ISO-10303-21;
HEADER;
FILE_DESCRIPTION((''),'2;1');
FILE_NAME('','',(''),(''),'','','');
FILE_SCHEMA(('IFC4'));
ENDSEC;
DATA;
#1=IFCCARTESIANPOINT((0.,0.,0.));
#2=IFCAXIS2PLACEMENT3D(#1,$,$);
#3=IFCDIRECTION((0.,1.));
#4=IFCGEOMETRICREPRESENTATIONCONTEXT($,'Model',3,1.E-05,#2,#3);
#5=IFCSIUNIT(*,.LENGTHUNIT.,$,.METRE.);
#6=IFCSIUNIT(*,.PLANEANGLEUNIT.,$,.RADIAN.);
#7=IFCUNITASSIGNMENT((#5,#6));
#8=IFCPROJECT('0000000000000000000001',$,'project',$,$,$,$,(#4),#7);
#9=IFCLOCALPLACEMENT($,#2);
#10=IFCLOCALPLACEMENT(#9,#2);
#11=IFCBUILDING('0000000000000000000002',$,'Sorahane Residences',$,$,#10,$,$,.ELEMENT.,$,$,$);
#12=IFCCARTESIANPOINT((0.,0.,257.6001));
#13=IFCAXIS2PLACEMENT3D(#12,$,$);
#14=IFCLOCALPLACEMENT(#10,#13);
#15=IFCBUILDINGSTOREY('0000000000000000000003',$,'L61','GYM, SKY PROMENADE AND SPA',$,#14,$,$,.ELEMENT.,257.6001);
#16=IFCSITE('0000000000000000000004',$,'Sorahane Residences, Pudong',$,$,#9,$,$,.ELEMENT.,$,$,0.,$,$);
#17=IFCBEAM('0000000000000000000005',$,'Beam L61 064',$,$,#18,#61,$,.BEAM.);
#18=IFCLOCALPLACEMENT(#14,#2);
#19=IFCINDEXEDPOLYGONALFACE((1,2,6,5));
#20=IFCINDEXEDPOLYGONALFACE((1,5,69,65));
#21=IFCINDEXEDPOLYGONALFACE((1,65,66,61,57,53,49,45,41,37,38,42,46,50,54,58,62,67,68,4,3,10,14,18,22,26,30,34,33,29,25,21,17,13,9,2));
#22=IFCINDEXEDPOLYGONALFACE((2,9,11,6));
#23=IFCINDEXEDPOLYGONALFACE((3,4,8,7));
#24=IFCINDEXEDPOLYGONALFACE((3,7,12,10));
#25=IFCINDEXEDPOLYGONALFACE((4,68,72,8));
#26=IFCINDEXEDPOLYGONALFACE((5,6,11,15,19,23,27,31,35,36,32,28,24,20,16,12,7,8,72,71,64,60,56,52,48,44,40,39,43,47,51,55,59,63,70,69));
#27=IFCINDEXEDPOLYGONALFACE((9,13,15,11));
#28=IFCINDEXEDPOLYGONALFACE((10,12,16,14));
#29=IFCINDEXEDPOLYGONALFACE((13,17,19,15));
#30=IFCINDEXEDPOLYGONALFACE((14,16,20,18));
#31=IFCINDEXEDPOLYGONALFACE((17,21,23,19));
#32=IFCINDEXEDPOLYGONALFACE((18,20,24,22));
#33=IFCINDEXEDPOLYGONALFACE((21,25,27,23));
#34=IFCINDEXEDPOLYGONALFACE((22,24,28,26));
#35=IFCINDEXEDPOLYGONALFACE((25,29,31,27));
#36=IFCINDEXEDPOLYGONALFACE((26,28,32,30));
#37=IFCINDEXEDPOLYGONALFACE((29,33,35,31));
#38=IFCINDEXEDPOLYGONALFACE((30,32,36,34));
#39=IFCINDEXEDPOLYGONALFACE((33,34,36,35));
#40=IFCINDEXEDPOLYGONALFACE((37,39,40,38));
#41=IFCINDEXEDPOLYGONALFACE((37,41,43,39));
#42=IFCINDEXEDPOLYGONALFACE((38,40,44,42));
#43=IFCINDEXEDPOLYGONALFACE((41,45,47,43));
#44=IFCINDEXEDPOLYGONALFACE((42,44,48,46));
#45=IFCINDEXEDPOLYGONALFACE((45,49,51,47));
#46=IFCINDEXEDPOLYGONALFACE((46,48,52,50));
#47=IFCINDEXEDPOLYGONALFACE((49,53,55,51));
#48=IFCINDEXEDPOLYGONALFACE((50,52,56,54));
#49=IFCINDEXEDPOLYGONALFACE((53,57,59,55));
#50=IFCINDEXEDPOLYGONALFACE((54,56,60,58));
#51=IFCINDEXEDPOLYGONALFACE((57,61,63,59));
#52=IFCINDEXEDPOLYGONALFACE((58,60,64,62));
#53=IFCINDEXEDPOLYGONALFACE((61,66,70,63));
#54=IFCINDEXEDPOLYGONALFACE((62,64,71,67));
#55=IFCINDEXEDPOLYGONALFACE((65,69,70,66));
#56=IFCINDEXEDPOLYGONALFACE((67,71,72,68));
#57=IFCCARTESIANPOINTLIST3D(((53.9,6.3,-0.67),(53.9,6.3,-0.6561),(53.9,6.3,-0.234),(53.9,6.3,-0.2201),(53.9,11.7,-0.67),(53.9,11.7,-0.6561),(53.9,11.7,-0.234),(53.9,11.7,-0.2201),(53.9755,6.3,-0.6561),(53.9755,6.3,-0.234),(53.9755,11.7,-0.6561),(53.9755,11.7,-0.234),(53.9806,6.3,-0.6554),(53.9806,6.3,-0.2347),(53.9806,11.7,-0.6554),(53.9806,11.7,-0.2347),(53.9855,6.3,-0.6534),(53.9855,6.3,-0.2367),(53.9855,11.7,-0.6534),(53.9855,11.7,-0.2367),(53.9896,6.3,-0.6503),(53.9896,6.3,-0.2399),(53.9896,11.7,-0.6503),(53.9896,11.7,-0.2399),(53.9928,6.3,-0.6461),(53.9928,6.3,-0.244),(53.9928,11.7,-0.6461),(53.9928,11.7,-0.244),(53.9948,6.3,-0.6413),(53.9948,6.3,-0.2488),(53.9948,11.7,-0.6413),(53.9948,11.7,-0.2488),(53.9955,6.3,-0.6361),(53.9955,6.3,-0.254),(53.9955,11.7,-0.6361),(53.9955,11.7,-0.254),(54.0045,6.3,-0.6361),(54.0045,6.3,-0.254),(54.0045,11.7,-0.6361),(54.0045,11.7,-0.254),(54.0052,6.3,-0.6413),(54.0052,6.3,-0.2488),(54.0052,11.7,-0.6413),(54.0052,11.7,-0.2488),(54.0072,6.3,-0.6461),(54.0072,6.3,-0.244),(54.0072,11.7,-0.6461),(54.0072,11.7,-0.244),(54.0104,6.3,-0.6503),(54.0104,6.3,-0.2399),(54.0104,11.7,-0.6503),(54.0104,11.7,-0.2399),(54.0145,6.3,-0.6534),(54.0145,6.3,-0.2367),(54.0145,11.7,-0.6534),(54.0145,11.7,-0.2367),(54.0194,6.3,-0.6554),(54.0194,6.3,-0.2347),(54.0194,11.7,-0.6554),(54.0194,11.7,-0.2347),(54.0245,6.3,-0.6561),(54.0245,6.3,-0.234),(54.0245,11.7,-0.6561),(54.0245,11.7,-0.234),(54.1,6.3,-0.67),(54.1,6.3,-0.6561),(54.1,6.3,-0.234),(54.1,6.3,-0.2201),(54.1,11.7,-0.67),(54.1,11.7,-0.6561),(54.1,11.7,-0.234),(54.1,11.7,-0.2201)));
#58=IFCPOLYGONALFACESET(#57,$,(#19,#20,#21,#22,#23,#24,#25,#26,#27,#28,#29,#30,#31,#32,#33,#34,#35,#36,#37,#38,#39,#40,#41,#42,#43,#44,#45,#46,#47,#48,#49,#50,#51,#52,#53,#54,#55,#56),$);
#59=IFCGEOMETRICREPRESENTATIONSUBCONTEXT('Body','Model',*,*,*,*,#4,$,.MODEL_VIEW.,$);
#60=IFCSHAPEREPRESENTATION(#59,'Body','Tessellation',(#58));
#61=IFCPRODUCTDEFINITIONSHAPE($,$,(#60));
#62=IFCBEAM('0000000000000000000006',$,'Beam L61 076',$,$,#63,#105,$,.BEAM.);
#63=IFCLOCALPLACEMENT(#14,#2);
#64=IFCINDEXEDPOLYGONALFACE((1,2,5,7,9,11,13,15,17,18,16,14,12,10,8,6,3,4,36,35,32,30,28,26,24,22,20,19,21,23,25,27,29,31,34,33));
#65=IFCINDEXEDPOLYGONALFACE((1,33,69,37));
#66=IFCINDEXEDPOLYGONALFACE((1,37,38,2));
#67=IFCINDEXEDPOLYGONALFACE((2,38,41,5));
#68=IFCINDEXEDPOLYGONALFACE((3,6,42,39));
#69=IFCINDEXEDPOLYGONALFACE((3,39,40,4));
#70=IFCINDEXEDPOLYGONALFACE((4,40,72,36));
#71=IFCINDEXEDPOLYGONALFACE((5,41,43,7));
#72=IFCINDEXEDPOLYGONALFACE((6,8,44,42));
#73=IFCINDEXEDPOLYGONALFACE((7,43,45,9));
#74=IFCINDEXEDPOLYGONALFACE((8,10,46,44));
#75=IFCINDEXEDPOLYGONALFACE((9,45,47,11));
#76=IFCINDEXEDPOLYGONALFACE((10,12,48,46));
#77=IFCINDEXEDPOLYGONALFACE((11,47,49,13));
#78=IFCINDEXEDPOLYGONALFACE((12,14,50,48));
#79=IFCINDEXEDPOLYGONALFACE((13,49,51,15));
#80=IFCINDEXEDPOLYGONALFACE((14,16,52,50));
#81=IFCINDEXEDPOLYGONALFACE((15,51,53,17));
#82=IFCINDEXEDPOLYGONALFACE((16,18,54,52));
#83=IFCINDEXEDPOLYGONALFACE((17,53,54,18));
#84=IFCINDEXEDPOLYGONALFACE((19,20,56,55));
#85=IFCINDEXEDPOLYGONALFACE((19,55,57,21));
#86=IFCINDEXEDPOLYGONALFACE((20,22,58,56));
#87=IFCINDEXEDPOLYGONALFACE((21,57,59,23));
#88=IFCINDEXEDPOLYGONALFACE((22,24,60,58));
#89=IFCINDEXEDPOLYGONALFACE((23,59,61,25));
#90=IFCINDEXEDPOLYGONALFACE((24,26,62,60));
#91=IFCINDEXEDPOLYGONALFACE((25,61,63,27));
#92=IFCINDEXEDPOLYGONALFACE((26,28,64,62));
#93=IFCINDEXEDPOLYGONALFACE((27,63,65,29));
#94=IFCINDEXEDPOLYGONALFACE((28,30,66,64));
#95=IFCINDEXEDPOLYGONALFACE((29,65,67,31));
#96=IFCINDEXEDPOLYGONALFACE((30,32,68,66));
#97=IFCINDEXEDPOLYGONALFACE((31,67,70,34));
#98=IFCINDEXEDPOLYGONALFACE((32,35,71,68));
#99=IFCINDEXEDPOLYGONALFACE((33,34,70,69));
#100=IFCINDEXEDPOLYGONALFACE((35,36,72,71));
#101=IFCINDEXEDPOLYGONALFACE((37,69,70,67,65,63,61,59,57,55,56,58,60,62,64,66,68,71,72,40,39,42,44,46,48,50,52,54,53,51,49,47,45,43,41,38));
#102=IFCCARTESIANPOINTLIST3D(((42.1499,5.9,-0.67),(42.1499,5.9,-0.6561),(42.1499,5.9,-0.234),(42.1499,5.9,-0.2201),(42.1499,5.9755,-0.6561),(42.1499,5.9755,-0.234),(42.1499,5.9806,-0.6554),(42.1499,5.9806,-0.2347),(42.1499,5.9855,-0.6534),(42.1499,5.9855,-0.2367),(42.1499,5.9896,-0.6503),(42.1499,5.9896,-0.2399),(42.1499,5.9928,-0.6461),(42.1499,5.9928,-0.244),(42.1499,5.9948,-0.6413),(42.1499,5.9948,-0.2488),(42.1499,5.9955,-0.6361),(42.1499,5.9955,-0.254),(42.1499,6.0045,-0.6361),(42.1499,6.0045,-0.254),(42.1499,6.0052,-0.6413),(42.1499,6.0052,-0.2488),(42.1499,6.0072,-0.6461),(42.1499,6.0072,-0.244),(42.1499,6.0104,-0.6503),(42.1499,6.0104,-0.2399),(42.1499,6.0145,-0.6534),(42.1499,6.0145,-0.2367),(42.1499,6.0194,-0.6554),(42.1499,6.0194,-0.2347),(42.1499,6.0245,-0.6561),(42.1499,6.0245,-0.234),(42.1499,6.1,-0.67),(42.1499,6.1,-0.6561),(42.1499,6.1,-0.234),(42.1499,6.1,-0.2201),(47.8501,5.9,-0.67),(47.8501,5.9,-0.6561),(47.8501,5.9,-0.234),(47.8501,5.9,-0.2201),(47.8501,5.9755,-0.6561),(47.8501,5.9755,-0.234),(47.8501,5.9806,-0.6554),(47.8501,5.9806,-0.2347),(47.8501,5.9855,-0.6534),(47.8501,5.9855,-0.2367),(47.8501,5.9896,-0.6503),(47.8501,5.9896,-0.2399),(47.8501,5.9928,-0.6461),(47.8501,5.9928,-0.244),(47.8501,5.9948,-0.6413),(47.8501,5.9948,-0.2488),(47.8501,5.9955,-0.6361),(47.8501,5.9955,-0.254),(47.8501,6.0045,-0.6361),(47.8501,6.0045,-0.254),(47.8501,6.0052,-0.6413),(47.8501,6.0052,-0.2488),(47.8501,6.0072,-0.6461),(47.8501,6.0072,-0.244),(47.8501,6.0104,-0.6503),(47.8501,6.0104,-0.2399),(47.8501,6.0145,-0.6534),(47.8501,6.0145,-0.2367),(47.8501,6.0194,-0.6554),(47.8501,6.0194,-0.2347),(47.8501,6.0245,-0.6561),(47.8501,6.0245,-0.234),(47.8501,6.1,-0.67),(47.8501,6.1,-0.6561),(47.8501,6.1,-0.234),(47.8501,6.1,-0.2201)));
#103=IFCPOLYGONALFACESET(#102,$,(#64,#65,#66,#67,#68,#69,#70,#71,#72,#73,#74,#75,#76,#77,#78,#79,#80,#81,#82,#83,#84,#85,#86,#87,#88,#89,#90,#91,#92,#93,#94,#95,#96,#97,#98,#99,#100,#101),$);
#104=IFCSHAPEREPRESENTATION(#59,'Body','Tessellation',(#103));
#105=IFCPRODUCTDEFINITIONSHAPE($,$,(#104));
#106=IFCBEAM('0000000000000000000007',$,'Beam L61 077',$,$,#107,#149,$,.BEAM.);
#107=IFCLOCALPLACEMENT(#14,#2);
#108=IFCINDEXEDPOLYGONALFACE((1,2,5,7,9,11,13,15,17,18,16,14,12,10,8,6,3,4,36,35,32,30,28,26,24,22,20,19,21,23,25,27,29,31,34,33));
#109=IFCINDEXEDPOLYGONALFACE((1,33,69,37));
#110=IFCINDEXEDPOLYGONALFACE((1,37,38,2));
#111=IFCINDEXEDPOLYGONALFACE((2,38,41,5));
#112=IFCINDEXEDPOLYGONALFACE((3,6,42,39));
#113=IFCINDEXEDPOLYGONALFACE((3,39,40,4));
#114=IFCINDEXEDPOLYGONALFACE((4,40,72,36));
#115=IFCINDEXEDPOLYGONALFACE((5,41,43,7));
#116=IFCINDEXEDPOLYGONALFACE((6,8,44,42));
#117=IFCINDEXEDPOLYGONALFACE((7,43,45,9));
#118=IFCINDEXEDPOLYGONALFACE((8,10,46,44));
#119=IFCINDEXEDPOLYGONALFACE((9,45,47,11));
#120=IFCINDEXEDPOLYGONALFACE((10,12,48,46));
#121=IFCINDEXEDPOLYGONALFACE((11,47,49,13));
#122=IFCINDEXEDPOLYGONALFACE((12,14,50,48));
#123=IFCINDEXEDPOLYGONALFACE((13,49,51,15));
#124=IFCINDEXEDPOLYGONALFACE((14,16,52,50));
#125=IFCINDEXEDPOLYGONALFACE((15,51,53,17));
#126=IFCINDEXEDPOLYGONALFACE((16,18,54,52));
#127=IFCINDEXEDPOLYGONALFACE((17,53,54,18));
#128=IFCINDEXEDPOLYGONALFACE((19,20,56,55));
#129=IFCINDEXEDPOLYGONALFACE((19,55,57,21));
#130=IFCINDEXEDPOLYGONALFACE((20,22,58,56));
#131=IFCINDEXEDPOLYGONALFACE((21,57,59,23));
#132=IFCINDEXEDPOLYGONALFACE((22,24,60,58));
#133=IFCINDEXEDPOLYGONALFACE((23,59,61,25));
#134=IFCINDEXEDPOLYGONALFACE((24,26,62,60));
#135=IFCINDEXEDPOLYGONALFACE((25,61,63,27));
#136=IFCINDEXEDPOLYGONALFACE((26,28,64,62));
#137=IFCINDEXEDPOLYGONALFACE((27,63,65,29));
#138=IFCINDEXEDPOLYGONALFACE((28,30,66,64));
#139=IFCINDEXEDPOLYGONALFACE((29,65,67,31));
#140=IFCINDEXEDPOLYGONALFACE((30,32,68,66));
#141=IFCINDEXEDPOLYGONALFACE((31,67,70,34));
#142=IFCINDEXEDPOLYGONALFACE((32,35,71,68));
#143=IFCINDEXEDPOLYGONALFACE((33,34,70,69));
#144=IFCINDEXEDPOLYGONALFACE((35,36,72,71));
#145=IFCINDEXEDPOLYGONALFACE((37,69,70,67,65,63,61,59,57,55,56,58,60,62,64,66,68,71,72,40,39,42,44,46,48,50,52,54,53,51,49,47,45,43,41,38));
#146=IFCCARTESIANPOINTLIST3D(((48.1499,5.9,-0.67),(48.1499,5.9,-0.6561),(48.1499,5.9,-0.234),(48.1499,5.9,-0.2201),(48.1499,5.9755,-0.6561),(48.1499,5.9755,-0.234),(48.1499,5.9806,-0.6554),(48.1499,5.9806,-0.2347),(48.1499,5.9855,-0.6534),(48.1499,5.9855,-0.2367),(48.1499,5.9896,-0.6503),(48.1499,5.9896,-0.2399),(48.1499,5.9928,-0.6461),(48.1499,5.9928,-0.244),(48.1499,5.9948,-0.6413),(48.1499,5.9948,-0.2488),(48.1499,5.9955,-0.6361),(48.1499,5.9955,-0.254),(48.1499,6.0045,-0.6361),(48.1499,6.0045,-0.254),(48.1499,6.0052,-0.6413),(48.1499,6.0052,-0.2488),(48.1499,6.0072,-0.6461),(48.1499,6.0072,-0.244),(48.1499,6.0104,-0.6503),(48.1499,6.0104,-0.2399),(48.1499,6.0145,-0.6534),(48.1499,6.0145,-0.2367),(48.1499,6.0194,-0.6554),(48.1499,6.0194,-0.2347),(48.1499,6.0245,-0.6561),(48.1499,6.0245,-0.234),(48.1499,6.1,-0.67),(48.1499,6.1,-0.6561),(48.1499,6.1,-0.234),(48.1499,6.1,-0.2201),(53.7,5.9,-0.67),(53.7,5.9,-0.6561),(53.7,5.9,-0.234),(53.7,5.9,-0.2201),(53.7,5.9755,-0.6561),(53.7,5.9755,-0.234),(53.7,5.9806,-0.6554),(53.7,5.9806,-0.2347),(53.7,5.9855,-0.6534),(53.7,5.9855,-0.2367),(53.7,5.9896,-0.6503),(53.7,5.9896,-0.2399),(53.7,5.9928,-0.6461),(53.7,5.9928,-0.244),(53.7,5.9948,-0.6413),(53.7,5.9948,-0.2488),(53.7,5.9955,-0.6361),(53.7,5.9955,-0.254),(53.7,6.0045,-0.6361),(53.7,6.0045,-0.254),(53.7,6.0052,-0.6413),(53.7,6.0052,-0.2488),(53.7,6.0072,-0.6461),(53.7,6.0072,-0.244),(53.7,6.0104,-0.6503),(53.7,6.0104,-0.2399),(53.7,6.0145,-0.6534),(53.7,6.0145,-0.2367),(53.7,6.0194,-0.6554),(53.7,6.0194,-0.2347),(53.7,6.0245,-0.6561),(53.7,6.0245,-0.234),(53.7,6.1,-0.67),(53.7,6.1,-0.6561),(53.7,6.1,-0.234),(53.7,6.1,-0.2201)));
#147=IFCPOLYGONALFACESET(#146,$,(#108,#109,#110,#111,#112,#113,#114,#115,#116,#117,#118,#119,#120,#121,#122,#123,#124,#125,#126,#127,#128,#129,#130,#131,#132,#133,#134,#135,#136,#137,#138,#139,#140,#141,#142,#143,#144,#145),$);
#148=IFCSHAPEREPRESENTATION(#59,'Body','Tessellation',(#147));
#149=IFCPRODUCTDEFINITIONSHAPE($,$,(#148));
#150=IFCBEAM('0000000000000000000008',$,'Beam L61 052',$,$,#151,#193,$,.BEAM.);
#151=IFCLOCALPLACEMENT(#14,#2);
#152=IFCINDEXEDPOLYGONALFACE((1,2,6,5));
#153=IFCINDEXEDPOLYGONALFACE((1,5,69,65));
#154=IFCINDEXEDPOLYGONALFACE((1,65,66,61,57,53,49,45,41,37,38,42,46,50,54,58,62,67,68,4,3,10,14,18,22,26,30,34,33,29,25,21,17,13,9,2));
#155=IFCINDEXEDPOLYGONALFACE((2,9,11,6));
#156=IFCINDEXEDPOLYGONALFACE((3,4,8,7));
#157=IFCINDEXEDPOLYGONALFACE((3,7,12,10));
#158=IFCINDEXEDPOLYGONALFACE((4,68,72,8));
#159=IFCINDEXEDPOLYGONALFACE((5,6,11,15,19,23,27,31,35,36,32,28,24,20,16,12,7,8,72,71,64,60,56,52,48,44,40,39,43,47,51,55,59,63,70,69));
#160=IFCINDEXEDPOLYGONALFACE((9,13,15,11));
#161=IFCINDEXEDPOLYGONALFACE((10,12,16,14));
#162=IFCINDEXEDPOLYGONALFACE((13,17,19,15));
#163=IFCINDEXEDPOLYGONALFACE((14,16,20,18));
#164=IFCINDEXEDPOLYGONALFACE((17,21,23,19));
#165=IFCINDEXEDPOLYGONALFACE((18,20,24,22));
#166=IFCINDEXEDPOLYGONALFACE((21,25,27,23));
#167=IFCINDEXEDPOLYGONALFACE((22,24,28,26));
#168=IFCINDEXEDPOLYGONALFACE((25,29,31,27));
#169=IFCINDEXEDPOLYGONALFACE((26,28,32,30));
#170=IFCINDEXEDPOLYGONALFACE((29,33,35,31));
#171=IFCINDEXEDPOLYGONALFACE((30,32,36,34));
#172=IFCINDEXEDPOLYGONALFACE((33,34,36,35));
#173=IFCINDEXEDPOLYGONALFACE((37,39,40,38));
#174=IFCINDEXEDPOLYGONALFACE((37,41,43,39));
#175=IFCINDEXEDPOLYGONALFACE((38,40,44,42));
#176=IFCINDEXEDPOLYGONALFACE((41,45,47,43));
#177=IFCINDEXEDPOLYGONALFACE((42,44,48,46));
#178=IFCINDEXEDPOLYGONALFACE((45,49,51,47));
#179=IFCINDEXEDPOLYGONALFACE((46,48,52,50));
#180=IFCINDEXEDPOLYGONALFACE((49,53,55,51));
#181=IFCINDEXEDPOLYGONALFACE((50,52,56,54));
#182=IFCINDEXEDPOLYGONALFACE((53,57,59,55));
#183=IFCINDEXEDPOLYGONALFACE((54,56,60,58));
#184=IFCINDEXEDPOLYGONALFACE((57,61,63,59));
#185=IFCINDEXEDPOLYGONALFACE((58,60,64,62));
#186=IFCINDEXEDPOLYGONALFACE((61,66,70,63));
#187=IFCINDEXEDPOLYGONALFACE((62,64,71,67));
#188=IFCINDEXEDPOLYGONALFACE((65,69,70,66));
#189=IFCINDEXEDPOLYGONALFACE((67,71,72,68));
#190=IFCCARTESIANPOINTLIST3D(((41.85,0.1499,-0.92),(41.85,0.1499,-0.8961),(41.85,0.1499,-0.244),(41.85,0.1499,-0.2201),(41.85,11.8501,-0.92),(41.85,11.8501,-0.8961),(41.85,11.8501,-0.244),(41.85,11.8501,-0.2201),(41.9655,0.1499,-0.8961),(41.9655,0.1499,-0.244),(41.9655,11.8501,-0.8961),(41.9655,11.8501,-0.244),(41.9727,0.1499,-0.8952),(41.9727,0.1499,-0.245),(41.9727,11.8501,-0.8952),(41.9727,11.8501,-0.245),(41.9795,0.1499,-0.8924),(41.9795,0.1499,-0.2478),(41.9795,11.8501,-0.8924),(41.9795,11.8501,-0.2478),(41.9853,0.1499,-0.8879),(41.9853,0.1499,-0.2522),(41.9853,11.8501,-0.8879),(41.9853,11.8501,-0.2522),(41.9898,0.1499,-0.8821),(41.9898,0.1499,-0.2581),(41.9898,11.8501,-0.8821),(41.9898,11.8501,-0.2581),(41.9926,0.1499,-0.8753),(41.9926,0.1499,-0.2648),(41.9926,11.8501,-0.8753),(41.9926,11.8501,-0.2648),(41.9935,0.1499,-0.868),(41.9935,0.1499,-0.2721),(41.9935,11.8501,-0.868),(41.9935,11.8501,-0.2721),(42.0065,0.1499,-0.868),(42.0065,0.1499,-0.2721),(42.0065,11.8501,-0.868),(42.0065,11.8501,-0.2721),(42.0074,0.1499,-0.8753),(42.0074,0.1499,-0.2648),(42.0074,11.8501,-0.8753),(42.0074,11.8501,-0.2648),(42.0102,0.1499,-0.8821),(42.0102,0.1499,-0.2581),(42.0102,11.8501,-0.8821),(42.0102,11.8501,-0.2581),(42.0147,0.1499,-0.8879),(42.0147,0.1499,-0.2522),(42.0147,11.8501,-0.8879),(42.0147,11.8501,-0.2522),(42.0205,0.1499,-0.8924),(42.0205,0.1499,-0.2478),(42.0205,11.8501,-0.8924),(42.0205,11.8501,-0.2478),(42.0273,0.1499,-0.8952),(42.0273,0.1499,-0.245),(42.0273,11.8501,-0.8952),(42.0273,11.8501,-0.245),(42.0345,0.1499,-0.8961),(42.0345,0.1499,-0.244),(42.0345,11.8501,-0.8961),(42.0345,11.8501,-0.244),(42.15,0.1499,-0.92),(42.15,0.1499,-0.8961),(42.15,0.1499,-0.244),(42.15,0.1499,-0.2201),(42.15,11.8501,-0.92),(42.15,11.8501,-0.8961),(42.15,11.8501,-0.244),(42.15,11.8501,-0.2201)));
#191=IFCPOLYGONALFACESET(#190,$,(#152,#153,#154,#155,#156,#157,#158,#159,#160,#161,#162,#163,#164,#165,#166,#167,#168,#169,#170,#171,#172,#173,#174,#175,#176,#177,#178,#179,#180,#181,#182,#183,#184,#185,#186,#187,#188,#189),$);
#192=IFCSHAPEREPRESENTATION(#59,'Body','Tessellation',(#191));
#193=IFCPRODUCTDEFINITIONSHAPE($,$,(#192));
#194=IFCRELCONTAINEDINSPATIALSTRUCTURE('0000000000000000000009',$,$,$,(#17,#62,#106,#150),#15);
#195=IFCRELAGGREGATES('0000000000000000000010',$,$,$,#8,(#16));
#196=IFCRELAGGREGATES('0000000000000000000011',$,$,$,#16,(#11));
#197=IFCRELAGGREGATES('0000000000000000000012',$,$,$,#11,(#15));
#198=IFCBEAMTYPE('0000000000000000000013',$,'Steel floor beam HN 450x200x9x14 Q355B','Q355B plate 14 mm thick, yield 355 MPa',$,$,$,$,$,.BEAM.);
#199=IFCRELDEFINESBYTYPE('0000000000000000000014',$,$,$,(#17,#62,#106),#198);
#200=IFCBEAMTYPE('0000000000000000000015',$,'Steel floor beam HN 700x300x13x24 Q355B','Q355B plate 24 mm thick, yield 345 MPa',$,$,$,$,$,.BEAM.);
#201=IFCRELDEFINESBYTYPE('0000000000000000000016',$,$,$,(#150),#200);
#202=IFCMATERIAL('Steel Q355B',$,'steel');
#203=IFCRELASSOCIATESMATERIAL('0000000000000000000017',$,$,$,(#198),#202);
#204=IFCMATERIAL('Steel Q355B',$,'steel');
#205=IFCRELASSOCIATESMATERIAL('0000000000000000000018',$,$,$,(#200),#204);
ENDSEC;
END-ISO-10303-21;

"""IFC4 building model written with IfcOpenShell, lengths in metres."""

from ifc_helpers import new_model, si_unit, direction, frame, origin, origin_2d, place, context, subcontext, project, spatial, i_section, extrude, material, material_profile, profile_set, type_object, element, save


model = new_model("IFC4")

# Units and contexts
model_context = context("Model", 3, precision=1e-05, world=origin(), true_north=direction((0.0, 1.0)))
body_context = subcontext(model_context, "Body", "Model", "MODEL_VIEW")
ifc_project = project(units=[si_unit("LENGTHUNIT", "METRE"), si_unit("PLANEANGLEUNIT", "RADIAN")], contexts=[model_context])

# Site, building, storey
site_placement = place(None, origin())
site = spatial("IfcSite", under=ifc_project, at=site_placement, Name="Sorahane Residences, Pudong", CompositionType="ELEMENT", RefElevation=0.0)
building_placement = place(site_placement, origin())
building = spatial("IfcBuilding", under=site, at=building_placement, Name="Sorahane Residences", CompositionType="ELEMENT")
storey_placement = place(building_placement, frame((0.0, 0.0, 257.6001)))
storey = spatial("IfcBuildingStorey", under=building, at=storey_placement, Name="L61", Description="GYM, SKY PROMENADE AND SPA", CompositionType="ELEMENT", Elevation=257.6001)

# Beams
ifc_material_1 = material(Name="Steel Q355B", Category="steel")
ifc_material_profile_1 = material_profile(ifc_material_1, i_section(OverallWidth=0.2, OverallDepth=0.45, WebThickness=0.009, FlangeThickness=0.0139, FilletRadius=0.02, at=origin_2d()), Name="HN 450x200x9x14")
ifc_profile_set_1 = profile_set([ifc_material_profile_1], Name="Steel Q355B")
beam_type_1 = type_object("IfcBeamType", Name="Steel floor beam HN 450x200x9x14 Q355B", Description="Q355B plate 14 mm thick, yield 355 MPa", PredefinedType="BEAM", material=ifc_profile_set_1)
beam_1_placement = place(storey_placement, frame((54.0, 6.3, -0.4451), z_axis=(0.0, 1.0, 0.0), x_axis=(-1.0, 0.0, 0.0)))
element("IfcBeam", 1, at=beam_1_placement, inside=storey, type_object=beam_type_1, Name="Beam L61 064", PredefinedType="BEAM", context=body_context, shape_type="SweptSolid", body=[
    extrude(i_section(OverallWidth=0.2, OverallDepth=0.45, WebThickness=0.009, FlangeThickness=0.0139, FilletRadius=0.02, at=origin_2d()), origin(), (0.0, 0.0, 1.0), 5.3999),
])
beam_2_placement = place(storey_placement, frame((42.1499, 6.0, -0.4451), z_axis=(1.0, 0.0, 0.0), x_axis=(0.0, 1.0, 0.0)))
element("IfcBeam", 2, at=beam_2_placement, inside=storey, type_object=beam_type_1, Name="Beam L61 076", PredefinedType="BEAM", context=body_context, shape_type="SweptSolid", body=[
    extrude(i_section(OverallWidth=0.2, OverallDepth=0.45, WebThickness=0.009, FlangeThickness=0.0139, FilletRadius=0.02, at=origin_2d()), origin(), (0.0, 0.0, 1.0), 5.7002),
])
beam_3_placement = place(storey_placement, frame((48.1499, 6.0, -0.4451), z_axis=(1.0, 0.0, 0.0), x_axis=(0.0, 1.0, 0.0)))
element("IfcBeam", 3, at=beam_3_placement, inside=storey, type_object=beam_type_1, Name="Beam L61 077", PredefinedType="BEAM", context=body_context, shape_type="SweptSolid", body=[
    extrude(i_section(OverallWidth=0.2, OverallDepth=0.45, WebThickness=0.009, FlangeThickness=0.0139, FilletRadius=0.02, at=origin_2d()), origin(), (0.0, 0.0, 1.0), 5.55),
])
ifc_material_2 = material(Name="Steel Q355B", Category="steel")
ifc_material_profile_2 = material_profile(ifc_material_2, i_section(OverallWidth=0.3, OverallDepth=0.7, WebThickness=0.0129, FlangeThickness=0.0239, FilletRadius=0.0281, at=origin_2d()), Name="HN 700x300x13x24")
ifc_profile_set_2 = profile_set([ifc_material_profile_2], Name="Steel Q355B")
beam_type_2 = type_object("IfcBeamType", Name="Steel floor beam HN 700x300x13x24 Q355B", Description="Q355B plate 24 mm thick, yield 345 MPa", PredefinedType="BEAM", material=ifc_profile_set_2)
beam_4_placement = place(storey_placement, frame((42.0, 0.1499, -0.5701), z_axis=(0.0, 1.0, 0.0), x_axis=(-1.0, 0.0, 0.0)))
element("IfcBeam", 4, at=beam_4_placement, inside=storey, type_object=beam_type_2, Name="Beam L61 052", PredefinedType="BEAM", context=body_context, shape_type="SweptSolid", body=[
    extrude(i_section(OverallWidth=0.3, OverallDepth=0.7, WebThickness=0.0129, FlangeThickness=0.0239, FilletRadius=0.0281, at=origin_2d()), origin(), (0.0, 0.0, 1.0), 11.7002),
])

save(model, "model.ifc")
